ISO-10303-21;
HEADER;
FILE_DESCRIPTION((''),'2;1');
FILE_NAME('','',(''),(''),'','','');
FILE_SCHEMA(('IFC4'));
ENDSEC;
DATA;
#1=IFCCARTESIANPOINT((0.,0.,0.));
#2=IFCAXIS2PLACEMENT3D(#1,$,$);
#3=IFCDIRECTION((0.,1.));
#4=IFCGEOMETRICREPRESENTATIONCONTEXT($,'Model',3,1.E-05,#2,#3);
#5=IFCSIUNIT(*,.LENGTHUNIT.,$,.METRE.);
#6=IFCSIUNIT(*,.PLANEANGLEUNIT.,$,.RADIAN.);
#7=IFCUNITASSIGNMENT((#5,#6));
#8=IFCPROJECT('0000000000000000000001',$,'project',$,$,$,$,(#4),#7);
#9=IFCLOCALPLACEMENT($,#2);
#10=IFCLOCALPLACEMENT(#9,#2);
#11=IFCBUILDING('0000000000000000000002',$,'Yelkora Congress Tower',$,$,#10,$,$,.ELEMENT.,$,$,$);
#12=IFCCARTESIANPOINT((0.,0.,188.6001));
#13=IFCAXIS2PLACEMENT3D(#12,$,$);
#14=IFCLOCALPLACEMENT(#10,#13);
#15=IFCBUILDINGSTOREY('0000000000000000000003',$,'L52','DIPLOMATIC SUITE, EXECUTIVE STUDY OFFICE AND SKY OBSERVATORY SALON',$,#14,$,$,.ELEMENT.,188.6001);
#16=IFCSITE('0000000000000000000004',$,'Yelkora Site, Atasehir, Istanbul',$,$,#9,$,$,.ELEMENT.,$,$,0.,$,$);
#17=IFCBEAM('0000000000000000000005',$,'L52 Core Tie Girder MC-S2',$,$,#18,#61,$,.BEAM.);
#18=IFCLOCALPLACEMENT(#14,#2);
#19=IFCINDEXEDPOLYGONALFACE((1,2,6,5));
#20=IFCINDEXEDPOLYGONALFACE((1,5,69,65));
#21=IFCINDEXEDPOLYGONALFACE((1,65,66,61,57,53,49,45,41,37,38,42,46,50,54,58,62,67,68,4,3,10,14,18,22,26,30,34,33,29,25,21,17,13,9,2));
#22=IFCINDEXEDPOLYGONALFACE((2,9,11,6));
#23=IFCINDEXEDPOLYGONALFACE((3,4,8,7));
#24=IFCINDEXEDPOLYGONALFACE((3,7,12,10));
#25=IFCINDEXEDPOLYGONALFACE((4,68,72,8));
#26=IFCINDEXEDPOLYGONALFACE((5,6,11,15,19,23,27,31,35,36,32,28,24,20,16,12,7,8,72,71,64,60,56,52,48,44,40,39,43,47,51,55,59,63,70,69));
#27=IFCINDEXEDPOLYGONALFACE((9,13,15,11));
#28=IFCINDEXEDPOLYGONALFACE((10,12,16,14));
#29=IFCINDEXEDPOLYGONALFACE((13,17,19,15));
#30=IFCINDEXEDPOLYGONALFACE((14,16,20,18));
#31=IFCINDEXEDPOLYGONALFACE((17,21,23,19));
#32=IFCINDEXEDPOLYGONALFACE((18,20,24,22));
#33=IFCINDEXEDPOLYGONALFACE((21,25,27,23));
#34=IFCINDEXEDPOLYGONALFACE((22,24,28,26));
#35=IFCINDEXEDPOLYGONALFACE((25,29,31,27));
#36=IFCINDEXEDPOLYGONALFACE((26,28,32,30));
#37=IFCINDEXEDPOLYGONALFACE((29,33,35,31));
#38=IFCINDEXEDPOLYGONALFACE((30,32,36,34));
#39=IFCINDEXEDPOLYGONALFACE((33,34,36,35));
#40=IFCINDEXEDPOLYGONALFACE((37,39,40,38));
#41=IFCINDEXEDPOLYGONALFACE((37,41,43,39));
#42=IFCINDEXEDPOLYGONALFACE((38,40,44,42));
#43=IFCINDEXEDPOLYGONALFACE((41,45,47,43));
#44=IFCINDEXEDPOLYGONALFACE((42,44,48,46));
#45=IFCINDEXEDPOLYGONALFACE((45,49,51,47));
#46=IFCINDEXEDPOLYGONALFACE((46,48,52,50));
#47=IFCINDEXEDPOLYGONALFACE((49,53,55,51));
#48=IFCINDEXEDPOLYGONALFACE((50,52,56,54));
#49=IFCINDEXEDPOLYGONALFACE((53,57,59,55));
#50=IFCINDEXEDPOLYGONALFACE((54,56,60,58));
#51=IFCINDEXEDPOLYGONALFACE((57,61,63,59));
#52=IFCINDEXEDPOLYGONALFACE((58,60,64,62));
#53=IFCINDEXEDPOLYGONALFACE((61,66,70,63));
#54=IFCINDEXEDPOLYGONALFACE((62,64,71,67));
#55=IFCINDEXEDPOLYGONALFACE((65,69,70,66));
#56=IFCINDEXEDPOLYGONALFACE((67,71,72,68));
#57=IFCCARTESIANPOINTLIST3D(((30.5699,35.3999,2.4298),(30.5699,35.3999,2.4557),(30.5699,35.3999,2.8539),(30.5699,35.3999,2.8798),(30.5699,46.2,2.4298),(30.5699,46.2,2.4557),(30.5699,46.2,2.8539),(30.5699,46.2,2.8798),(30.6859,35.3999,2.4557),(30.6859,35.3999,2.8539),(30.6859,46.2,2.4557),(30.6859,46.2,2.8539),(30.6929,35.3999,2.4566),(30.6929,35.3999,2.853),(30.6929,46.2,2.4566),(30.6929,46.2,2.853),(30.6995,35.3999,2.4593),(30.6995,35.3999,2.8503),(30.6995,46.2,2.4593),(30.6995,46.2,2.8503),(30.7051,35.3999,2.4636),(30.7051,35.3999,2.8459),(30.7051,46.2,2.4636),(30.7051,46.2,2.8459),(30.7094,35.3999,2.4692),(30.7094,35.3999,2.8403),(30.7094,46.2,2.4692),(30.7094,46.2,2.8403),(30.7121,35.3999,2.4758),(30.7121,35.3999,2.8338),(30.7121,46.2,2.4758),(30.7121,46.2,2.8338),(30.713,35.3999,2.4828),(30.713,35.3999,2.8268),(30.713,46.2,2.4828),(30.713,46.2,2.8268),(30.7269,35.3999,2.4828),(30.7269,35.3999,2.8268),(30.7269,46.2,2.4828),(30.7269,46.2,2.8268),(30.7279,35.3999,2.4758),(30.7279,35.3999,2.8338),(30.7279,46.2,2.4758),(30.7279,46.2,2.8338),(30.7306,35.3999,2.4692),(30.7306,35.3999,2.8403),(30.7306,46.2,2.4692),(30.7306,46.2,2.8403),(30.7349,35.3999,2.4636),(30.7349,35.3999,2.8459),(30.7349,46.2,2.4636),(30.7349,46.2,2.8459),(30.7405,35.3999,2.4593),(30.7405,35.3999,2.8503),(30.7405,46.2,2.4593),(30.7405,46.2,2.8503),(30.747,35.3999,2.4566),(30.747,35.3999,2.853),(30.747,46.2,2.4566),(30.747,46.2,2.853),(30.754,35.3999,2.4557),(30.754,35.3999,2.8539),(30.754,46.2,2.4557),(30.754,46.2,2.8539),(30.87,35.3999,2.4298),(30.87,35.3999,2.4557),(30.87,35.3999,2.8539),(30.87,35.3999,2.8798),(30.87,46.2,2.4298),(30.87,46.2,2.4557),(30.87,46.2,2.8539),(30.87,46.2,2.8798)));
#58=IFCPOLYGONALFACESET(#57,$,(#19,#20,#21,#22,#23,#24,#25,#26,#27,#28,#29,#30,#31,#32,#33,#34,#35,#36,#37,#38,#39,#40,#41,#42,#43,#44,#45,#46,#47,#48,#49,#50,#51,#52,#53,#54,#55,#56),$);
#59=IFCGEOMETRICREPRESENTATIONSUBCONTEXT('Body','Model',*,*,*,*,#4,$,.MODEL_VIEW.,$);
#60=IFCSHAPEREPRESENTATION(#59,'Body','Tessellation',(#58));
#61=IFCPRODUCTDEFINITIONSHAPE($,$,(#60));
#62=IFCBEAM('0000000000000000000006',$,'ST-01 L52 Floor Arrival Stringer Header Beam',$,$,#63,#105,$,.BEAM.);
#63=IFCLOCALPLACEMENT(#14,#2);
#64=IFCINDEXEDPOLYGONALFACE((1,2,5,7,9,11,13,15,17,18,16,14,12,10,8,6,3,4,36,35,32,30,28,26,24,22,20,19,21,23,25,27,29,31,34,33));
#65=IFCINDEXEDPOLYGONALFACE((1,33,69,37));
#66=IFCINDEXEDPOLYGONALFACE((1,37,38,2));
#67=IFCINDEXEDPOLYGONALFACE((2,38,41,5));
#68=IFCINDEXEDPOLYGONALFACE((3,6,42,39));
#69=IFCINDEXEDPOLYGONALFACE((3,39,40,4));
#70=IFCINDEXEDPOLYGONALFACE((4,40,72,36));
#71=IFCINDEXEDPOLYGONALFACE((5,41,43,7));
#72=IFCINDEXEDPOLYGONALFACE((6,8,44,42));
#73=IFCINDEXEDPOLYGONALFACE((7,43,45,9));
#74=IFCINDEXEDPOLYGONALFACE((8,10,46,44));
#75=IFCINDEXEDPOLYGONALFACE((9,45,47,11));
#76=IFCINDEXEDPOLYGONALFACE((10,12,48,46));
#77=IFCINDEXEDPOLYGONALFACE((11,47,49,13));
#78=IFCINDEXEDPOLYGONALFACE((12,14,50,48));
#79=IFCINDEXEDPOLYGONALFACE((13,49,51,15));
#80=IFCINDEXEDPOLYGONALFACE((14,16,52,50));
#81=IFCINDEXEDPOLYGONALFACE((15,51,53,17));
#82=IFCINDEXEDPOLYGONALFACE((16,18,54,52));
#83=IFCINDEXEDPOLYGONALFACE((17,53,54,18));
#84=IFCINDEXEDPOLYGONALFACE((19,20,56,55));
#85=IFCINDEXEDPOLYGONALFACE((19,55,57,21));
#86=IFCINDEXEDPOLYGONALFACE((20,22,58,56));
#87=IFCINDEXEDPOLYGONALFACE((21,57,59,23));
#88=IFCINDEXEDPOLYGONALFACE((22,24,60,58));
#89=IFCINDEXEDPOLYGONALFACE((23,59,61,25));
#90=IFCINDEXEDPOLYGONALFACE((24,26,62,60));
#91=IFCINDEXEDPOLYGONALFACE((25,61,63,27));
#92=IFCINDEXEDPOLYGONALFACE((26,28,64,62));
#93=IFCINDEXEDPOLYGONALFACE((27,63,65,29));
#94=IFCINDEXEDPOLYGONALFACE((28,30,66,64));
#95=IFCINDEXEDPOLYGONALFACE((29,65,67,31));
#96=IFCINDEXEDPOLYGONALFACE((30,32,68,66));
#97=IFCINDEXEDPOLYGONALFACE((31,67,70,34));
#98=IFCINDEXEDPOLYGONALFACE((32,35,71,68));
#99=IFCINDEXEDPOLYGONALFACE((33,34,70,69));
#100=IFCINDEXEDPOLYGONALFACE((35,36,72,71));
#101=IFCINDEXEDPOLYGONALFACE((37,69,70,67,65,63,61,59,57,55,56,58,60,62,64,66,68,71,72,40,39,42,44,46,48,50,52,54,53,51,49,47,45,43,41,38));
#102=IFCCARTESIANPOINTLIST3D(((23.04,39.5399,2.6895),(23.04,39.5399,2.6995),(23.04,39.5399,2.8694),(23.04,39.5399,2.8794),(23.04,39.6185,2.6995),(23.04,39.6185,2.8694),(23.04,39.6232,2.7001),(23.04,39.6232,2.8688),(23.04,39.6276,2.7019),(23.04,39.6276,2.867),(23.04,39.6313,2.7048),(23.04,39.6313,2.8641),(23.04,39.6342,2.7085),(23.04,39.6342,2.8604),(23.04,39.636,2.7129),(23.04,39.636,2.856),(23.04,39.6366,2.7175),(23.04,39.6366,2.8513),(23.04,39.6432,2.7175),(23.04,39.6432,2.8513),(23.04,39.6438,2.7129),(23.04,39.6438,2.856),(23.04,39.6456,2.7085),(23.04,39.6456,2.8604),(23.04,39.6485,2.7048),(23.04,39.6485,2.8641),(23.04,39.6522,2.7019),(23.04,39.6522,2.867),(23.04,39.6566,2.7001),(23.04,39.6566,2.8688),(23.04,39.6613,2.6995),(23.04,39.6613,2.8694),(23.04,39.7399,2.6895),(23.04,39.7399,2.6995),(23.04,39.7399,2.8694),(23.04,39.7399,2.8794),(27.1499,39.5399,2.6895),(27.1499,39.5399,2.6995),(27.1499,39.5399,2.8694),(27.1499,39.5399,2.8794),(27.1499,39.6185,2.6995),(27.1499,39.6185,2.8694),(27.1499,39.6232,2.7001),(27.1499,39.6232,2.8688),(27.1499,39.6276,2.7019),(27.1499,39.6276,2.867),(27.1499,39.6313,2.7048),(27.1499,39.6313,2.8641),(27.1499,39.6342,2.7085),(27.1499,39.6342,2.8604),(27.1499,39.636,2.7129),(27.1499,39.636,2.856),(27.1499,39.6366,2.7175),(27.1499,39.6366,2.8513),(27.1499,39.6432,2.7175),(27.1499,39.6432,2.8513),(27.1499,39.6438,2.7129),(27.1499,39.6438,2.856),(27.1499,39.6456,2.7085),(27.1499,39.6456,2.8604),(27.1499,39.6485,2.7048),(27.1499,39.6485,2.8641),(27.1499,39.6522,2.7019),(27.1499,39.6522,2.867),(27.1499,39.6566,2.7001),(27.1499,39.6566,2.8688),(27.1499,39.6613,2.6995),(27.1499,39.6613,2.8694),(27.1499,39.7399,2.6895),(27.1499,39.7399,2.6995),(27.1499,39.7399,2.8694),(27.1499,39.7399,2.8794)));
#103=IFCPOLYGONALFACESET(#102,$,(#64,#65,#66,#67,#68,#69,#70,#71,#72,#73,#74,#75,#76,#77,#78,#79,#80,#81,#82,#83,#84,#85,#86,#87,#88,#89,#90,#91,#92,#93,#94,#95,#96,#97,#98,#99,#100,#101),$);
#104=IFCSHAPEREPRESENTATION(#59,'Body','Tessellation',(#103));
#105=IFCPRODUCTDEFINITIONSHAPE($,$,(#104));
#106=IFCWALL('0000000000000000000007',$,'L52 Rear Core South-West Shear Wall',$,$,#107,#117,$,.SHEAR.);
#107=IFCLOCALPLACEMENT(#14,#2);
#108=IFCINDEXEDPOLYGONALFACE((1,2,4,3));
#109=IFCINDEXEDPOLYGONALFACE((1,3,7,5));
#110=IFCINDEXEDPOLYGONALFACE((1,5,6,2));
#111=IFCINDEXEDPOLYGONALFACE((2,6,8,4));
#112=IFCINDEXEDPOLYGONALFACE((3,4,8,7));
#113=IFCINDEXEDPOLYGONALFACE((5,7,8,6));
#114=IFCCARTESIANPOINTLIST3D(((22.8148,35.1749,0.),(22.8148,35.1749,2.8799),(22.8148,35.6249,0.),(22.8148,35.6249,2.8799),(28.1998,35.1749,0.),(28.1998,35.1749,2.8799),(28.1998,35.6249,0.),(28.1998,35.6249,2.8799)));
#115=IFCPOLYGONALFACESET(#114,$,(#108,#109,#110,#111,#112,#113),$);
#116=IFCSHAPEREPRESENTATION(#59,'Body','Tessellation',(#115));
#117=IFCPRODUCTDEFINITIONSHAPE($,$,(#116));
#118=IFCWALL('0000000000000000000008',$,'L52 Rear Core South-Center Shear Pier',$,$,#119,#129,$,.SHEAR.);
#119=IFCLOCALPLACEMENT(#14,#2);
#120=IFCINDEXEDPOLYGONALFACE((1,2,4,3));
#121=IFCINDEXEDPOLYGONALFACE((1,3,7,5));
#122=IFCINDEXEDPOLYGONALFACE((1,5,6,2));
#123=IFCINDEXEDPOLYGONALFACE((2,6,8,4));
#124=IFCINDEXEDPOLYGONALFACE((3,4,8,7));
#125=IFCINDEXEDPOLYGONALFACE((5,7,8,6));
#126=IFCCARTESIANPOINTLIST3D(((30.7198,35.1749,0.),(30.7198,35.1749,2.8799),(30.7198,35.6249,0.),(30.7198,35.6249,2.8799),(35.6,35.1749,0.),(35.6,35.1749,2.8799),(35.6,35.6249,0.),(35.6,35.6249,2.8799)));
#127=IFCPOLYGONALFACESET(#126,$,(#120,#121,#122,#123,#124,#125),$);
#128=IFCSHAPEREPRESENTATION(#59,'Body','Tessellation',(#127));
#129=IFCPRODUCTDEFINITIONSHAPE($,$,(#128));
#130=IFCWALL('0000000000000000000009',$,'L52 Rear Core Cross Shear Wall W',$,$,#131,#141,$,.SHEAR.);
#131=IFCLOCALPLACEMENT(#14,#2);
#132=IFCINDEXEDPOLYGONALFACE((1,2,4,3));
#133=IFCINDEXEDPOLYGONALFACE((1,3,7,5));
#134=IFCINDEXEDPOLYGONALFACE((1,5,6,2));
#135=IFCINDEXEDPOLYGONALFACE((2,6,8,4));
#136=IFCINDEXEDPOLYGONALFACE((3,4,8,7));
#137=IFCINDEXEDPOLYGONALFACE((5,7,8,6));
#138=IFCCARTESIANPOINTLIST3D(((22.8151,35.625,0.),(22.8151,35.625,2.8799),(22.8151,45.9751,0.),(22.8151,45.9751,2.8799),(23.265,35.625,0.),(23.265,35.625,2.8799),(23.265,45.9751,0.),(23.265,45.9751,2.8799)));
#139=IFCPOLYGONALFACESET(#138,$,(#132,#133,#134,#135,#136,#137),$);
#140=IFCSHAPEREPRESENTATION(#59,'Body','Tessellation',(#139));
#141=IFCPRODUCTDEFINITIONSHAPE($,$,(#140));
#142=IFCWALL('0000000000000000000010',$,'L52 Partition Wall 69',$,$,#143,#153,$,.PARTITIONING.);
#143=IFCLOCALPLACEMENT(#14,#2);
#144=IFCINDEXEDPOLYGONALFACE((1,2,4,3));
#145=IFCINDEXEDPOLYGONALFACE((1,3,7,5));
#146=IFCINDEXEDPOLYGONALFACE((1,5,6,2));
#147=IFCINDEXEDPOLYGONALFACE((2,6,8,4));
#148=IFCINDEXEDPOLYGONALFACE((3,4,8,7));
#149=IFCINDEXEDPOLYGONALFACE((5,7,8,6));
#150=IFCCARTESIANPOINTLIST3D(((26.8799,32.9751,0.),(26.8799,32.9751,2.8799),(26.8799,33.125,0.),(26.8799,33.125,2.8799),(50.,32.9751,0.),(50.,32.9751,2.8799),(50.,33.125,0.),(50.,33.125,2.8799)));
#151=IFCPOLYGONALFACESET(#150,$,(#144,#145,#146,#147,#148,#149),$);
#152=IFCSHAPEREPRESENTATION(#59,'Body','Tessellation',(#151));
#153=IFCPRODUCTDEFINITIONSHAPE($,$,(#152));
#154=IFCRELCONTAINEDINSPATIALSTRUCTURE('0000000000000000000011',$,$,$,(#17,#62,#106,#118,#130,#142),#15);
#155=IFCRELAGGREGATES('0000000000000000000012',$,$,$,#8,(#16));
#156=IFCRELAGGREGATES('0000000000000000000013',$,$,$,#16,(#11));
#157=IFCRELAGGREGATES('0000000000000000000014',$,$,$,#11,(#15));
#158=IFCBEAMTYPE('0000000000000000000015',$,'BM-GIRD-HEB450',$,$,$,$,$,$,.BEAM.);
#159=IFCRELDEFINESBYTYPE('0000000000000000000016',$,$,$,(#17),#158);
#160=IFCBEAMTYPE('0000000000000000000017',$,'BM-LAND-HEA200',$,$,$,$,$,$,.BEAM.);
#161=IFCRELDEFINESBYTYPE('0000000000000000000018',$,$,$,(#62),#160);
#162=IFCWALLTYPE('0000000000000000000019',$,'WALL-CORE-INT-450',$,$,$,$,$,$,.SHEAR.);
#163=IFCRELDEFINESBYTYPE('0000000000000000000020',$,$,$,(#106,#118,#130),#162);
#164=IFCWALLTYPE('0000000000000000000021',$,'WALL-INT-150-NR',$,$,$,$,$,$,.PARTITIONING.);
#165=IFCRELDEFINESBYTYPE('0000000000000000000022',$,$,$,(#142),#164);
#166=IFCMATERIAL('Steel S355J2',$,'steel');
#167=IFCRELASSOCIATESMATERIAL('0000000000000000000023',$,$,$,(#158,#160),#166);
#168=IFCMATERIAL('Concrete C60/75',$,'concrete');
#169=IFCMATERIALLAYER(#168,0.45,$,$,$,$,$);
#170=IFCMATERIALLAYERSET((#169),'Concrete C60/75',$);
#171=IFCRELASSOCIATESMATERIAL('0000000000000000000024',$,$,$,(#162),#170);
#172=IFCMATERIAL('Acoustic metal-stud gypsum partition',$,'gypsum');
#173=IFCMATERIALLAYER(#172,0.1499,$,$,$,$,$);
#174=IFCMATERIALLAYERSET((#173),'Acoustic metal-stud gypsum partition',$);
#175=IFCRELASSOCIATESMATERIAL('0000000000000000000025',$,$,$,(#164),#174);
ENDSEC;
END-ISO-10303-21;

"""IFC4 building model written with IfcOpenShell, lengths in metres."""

from ifc_helpers import new_model, si_unit, direction, frame, frame_2d, origin, origin_2d, place, context, subcontext, project, spatial, rectangle, i_section, extrude, material, layer, layer_set, material_profile, profile_set, type_object, element, save


model = new_model("IFC4")

# Units and contexts
model_context = context("Model", 3, precision=1e-05, world=origin(), true_north=direction((0.0, 1.0)))
body_context = subcontext(model_context, "Body", "Model", "MODEL_VIEW")
ifc_project = project(units=[si_unit("LENGTHUNIT", "METRE"), si_unit("PLANEANGLEUNIT", "RADIAN")], contexts=[model_context])

# Site, building, storey
site_placement = place(None, origin())
site = spatial("IfcSite", under=ifc_project, at=site_placement, Name="Yelkora Site, Atasehir, Istanbul", CompositionType="ELEMENT", RefElevation=0.0)
building_placement = place(site_placement, origin())
building = spatial("IfcBuilding", under=site, at=building_placement, Name="Yelkora Congress Tower", CompositionType="ELEMENT")
storey_placement = place(building_placement, frame((0.0, 0.0, 188.6001)))
storey = spatial("IfcBuildingStorey", under=building, at=storey_placement, Name="L52", Description="DIPLOMATIC SUITE, EXECUTIVE STUDY OFFICE AND SKY OBSERVATORY SALON", CompositionType="ELEMENT", Elevation=188.6001)

# Beams
ifc_material_1 = material(Name="Steel S355J2", Category="steel")
ifc_material_profile_1 = material_profile(ifc_material_1, i_section(OverallWidth=0.3, OverallDepth=0.45, WebThickness=0.0139, FlangeThickness=0.0259, FilletRadius=0.0271, at=origin_2d()), Name="HEB 450")
ifc_profile_set_1 = profile_set([ifc_material_profile_1], Name="Steel S355J2")
beam_type_1 = type_object("IfcBeamType", Name="BM-GIRD-HEB450", PredefinedType="BEAM", material=ifc_profile_set_1)
beam_1_placement = place(storey_placement, frame((30.72, 35.3999, 2.6548), z_axis=(0.0, 1.0, 0.0), x_axis=(-1.0, 0.0, 0.0)))
element("IfcBeam", 1, at=beam_1_placement, inside=storey, type_object=beam_type_1, Name="L52 Core Tie Girder MC-S2", PredefinedType="BEAM", context=body_context, shape_type="SweptSolid", body=[
    extrude(i_section(OverallWidth=0.3, OverallDepth=0.45, WebThickness=0.0139, FlangeThickness=0.0259, FilletRadius=0.0271, at=origin_2d()), origin(), (0.0, 0.0, 1.0), 10.8),
])
ifc_material_profile_2 = material_profile(ifc_material_1, i_section(OverallWidth=0.2, OverallDepth=0.1899, WebThickness=0.0066, FlangeThickness=0.01, FilletRadius=0.0181, at=origin_2d()), Name="HEA 200")
ifc_profile_set_2 = profile_set([ifc_material_profile_2], Name="Steel S355J2")
beam_type_2 = type_object("IfcBeamType", Name="BM-LAND-HEA200", PredefinedType="BEAM", material=ifc_profile_set_2)
beam_2_placement = place(storey_placement, frame((23.04, 39.6399, 2.7844), z_axis=(1.0, 0.0, 0.0), x_axis=(0.0, 1.0, 0.0)))
element("IfcBeam", 2, at=beam_2_placement, inside=storey, type_object=beam_type_2, Name="ST-01 L52 Floor Arrival Stringer Header Beam", PredefinedType="BEAM", context=body_context, shape_type="SweptSolid", body=[
    extrude(i_section(OverallWidth=0.2, OverallDepth=0.1899, WebThickness=0.0066, FlangeThickness=0.01, FilletRadius=0.0181, at=origin_2d()), origin(), (0.0, 0.0, 1.0), 4.1099),
])

# Walls
ifc_material_2 = material(Name="Concrete C60/75", Category="concrete")
ifc_layer_1 = layer(ifc_material_2, 0.45)
ifc_layer_set_1 = layer_set([ifc_layer_1], Name="Concrete C60/75")
wall_type_1 = type_object("IfcWallType", Name="WALL-CORE-INT-450", PredefinedType="SHEAR", material=ifc_layer_set_1)
wall_1_placement = place(storey_placement, frame((22.8149, 35.3999, 0.0), z_axis=(0.0, 0.0, 1.0), x_axis=(1.0, 0.0, 0.0)))
element("IfcWall", 3, at=wall_1_placement, inside=storey, type_object=wall_type_1, Name="L52 Rear Core South-West Shear Wall", PredefinedType="SHEAR", context=body_context, shape_type="SweptSolid", body=[
    extrude(rectangle(XDim=5.385, YDim=0.45, at=frame_2d((2.6924, 0.0))), origin(), (0.0, 0.0, 1.0), 2.8799),
])
wall_2_placement = place(storey_placement, frame((30.72, 35.3999, 0.0), z_axis=(0.0, 0.0, 1.0), x_axis=(1.0, 0.0, 0.0)))
element("IfcWall", 4, at=wall_2_placement, inside=storey, type_object=wall_type_1, Name="L52 Rear Core South-Center Shear Pier", PredefinedType="SHEAR", context=body_context, shape_type="SweptSolid", body=[
    extrude(rectangle(XDim=4.8801, YDim=0.45, at=frame_2d((2.4399, 0.0))), origin(), (0.0, 0.0, 1.0), 2.8799),
])
wall_3_placement = place(storey_placement, frame((23.04, 35.625, 0.0), z_axis=(0.0, 0.0, 1.0), x_axis=(0.0, 1.0, 0.0)))
element("IfcWall", 5, at=wall_3_placement, inside=storey, type_object=wall_type_1, Name="L52 Rear Core Cross Shear Wall W", PredefinedType="SHEAR", context=body_context, shape_type="SweptSolid", body=[
    extrude(rectangle(XDim=10.3501, YDim=0.45, at=frame_2d((5.175, 0.0))), origin(), (0.0, 0.0, 1.0), 2.8799),
])

# Wall
ifc_material_3 = material(Name="Acoustic metal-stud gypsum partition", Category="gypsum")
ifc_layer_2 = layer(ifc_material_3, 0.1499)
ifc_layer_set_2 = layer_set([ifc_layer_2], Name="Acoustic metal-stud gypsum partition")
wall_type_2 = type_object("IfcWallType", Name="WALL-INT-150-NR", PredefinedType="PARTITIONING", material=ifc_layer_set_2)
wall_4_placement = place(storey_placement, frame((26.8799, 33.05, 0.0), z_axis=(0.0, 0.0, 1.0), x_axis=(1.0, 0.0, 0.0)))
element("IfcWall", 6, at=wall_4_placement, inside=storey, type_object=wall_type_2, Name="L52 Partition Wall 69", PredefinedType="PARTITIONING", context=body_context, shape_type="SweptSolid", body=[
    extrude(rectangle(XDim=23.1201, YDim=0.1499, at=frame_2d((11.5601, 0.0))), origin(), (0.0, 0.0, 1.0), 2.8799),
])

save(model, "model.ifc")
